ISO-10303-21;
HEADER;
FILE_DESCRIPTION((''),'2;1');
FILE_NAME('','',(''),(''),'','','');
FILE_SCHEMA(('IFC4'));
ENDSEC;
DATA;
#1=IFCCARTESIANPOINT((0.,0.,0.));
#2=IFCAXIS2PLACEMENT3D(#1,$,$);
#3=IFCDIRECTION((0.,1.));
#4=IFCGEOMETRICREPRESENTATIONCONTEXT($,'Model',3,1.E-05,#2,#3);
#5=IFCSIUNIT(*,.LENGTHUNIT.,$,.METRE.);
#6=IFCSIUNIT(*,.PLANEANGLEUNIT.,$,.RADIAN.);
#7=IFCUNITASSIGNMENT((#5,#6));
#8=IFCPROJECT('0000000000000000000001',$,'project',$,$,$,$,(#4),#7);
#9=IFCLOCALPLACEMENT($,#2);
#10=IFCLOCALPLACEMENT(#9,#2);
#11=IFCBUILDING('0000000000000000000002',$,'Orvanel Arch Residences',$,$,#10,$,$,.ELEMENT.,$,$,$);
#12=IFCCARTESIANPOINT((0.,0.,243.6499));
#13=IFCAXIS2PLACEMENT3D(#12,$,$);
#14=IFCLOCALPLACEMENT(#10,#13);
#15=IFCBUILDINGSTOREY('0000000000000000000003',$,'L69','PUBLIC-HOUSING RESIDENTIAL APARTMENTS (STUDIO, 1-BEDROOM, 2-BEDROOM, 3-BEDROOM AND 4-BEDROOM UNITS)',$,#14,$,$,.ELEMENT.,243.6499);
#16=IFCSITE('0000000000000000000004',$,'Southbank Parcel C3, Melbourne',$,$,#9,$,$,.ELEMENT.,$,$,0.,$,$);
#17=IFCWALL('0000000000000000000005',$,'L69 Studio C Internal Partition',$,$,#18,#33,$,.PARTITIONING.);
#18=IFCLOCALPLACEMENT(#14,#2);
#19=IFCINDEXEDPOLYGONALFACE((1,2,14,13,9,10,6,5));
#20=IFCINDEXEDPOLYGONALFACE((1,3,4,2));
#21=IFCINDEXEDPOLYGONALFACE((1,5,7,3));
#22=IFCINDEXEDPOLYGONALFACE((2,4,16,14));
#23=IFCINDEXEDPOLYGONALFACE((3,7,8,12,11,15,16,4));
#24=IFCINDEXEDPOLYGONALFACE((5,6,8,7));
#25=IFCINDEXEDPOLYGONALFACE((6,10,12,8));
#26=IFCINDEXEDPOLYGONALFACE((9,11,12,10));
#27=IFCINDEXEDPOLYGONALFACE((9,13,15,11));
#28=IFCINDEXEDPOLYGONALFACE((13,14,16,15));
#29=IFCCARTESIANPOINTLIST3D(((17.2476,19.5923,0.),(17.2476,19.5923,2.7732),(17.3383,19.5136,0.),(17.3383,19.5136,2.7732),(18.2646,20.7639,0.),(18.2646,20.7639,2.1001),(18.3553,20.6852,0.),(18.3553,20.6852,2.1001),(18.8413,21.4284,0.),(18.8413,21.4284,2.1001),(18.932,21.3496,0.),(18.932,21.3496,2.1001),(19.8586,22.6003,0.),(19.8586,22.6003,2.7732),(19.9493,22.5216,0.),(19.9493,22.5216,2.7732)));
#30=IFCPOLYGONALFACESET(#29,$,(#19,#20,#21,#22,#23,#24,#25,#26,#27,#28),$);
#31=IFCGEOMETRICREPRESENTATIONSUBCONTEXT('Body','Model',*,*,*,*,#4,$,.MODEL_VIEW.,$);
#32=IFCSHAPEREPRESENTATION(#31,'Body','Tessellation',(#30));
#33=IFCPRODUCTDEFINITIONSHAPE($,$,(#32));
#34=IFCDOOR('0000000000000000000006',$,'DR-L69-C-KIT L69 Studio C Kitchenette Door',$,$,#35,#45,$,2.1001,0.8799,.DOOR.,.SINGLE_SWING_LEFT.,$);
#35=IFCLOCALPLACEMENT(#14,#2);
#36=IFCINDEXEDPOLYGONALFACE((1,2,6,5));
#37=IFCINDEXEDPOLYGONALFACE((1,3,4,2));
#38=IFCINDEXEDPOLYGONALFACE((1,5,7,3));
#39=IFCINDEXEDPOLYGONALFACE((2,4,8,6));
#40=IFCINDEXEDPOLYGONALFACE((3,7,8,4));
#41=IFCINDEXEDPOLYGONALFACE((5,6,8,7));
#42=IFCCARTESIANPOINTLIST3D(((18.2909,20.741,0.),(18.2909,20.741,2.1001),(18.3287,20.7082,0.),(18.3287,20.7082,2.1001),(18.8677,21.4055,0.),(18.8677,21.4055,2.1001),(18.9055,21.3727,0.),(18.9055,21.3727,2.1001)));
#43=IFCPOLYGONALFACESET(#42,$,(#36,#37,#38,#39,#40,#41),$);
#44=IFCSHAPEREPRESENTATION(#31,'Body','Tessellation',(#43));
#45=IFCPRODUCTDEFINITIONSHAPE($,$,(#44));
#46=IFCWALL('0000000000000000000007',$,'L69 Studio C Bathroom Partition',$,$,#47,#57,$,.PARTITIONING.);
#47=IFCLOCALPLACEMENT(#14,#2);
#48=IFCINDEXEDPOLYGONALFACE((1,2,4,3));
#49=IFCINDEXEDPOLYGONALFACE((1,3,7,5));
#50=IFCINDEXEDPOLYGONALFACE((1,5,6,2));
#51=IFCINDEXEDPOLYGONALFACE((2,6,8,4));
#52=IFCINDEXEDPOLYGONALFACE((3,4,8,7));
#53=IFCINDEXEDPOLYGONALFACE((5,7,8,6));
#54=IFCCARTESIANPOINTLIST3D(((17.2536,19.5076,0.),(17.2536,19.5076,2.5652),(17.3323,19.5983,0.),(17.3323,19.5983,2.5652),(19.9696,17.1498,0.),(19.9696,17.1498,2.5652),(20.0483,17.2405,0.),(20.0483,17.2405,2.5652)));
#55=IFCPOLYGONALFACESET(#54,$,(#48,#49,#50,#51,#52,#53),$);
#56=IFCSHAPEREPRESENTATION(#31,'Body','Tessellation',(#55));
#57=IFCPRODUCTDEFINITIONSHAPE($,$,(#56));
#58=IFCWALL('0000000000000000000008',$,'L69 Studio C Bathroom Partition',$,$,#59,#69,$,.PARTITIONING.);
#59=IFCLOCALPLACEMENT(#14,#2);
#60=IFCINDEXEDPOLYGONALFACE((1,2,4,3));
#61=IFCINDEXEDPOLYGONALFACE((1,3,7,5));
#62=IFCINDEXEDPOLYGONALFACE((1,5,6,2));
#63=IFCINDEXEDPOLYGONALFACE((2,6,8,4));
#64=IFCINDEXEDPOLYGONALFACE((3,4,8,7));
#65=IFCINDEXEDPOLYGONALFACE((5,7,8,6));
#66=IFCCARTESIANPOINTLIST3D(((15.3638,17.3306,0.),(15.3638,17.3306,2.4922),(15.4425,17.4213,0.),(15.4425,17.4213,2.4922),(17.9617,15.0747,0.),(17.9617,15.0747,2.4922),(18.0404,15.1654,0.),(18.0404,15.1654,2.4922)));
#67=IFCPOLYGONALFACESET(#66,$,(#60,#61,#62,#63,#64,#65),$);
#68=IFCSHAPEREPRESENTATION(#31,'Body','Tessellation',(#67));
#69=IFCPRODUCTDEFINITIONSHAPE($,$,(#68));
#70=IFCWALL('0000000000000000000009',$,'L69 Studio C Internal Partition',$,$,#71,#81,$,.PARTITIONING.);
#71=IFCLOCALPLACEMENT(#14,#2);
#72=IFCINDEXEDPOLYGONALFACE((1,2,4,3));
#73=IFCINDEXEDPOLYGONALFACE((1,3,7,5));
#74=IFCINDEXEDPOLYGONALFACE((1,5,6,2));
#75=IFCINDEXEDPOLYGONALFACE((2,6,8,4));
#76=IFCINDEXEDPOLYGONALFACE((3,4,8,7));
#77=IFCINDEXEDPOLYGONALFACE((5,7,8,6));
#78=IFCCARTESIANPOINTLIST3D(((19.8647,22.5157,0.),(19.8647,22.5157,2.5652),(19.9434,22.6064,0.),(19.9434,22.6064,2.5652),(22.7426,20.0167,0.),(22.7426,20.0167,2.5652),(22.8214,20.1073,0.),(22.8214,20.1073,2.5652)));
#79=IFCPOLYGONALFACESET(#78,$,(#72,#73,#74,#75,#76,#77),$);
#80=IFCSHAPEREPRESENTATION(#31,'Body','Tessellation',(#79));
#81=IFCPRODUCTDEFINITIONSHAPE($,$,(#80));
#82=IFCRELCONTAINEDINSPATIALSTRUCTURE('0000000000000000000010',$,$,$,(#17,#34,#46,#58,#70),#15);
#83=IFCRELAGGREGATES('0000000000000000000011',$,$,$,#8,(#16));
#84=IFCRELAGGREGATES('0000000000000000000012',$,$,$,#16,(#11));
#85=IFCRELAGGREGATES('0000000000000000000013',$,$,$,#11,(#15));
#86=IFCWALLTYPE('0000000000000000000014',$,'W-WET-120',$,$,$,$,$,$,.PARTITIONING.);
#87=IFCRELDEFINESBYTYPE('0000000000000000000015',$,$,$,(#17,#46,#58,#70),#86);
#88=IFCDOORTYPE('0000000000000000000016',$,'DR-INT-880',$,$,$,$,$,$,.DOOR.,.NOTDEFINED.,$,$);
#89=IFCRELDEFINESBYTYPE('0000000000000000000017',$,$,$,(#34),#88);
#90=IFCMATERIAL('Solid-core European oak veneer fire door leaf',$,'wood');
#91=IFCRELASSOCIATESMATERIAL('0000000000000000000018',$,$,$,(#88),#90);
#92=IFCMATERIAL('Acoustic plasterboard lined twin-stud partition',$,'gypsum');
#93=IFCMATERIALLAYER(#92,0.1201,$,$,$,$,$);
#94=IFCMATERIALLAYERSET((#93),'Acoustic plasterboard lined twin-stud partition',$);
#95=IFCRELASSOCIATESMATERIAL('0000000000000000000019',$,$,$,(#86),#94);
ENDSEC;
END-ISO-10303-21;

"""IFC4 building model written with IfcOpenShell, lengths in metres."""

from ifc_helpers import new_model, si_unit, direction, frame, frame_2d, origin, place, context, subcontext, project, spatial, rectangle, extrude, material, layer, layer_set, type_object, element, fill, save


model = new_model("IFC4")

# Units and contexts
model_context = context("Model", 3, precision=1e-05, world=origin(), true_north=direction((0.0, 1.0)))
body_context = subcontext(model_context, "Body", "Model", "MODEL_VIEW")
ifc_project = project(units=[si_unit("LENGTHUNIT", "METRE"), si_unit("PLANEANGLEUNIT", "RADIAN")], contexts=[model_context])

# Site, building, storey
site_placement = place(None, origin())
site = spatial("IfcSite", under=ifc_project, at=site_placement, Name="Southbank Parcel C3, Melbourne", CompositionType="ELEMENT", RefElevation=0.0)
building_placement = place(site_placement, origin())
building = spatial("IfcBuilding", under=site, at=building_placement, Name="Orvanel Arch Residences", CompositionType="ELEMENT")
storey_placement = place(building_placement, frame((0.0, 0.0, 243.6499)))
storey = spatial("IfcBuildingStorey", under=building, at=storey_placement, Name="L69", Description="PUBLIC-HOUSING RESIDENTIAL APARTMENTS (STUDIO, 1-BEDROOM, 2-BEDROOM, 3-BEDROOM AND 4-BEDROOM UNITS)", CompositionType="ELEMENT", Elevation=243.6499)

# Shared definitions
ifc_material_1 = material(Name="Solid-core European oak veneer fire door leaf", Category="wood")
door_type_1 = type_object("IfcDoorType", Name="DR-INT-880", OperationType="NOTDEFINED", PredefinedType="DOOR", material=ifc_material_1)

# Wall, opening, door
ifc_material_2 = material(Name="Acoustic plasterboard lined twin-stud partition", Category="gypsum")
ifc_layer_1 = layer(ifc_material_2, 0.1201)
ifc_layer_set_1 = layer_set([ifc_layer_1], Name="Acoustic plasterboard lined twin-stud partition")
wall_type_1 = type_object("IfcWallType", Name="W-WET-120", PredefinedType="PARTITIONING", material=ifc_layer_set_1)
wall_1_placement = place(storey_placement, frame((19.9041, 22.561, 0.0), z_axis=(0.0, 0.0, 1.0), x_axis=(-0.655518, -0.755179, 0.0)))
wall_1 = element("IfcWall", 1, at=wall_1_placement, inside=storey, type_object=wall_type_1, Name="L69 Studio C Internal Partition", PredefinedType="PARTITIONING", context=body_context, shape_type="SweptSolid", body=[
    extrude(rectangle(XDim=3.9832, YDim=0.1201, at=frame_2d((1.9917, 0.0))), origin(), (0.0, 0.0, 1.0), 2.7732),
])
opening_1_placement = place(wall_1_placement, frame((1.552, 0.0, 0.0)))
opening_1 = element("IfcOpeningElement", 2, at=opening_1_placement, cuts=wall_1, PredefinedType="OPENING", context=body_context, shape_type="SweptSolid", body=[
    extrude(rectangle(XDim=0.8799, YDim=2.1001, at=frame_2d((0.4399, 1.05))), frame((0.0, 0.0701, 0.0), z_axis=(0.0, -1.0, 0.0), x_axis=(1.0, 0.0, 0.0)), (0.0, 0.0, 1.0), 0.1401),
])
door_1_placement = place(opening_1_placement, origin())
door_1 = element("IfcDoor", 3, at=door_1_placement, inside=storey, type_object=door_type_1, Name="DR-L69-C-KIT L69 Studio C Kitchenette Door", OperationType="SINGLE_SWING_LEFT", OverallHeight=2.1001, OverallWidth=0.8799, PredefinedType="DOOR", context=body_context, shape_type="SweptSolid", body=[
    extrude(rectangle(XDim=0.8799, YDim=2.1001, at=frame_2d((0.4399, 1.05))), frame((0.0, 0.0249, 0.0), z_axis=(0.0, -1.0, 0.0), x_axis=(1.0, 0.0, 0.0)), (0.0, 0.0, 1.0), 0.05),
])
fill(opening_1, door_1)

# Walls
wall_2_placement = place(storey_placement, frame((17.293, 19.553, 0.0), z_axis=(0.0, 0.0, 1.0), x_axis=(0.75514, -0.655563, 0.0)))
element("IfcWall", 4, at=wall_2_placement, inside=storey, type_object=wall_type_1, Name="L69 Studio C Bathroom Partition", PredefinedType="PARTITIONING", context=body_context, shape_type="SweptSolid", body=[
    extrude(rectangle(XDim=3.5967, YDim=0.1201, at=frame_2d((1.7983, 0.0))), origin(), (0.0, 0.0, 1.0), 2.5652),
])
wall_3_placement = place(storey_placement, frame((18.001, 15.1201, 0.0), z_axis=(0.0, 0.0, 1.0), x_axis=(-0.755064, 0.655652, 0.0)))
element("IfcWall", 5, at=wall_3_placement, inside=storey, type_object=wall_type_1, Name="L69 Studio C Bathroom Partition", PredefinedType="PARTITIONING", context=body_context, shape_type="SweptSolid", body=[
    extrude(rectangle(XDim=3.4407, YDim=0.1201, at=frame_2d((1.7202, 0.0))), origin(), (0.0, 0.0, 1.0), 2.4922),
])
wall_4_placement = place(storey_placement, frame((19.9041, 22.561, 0.0), z_axis=(0.0, 0.0, 1.0), x_axis=(0.755063, -0.655652, 0.0)))
element("IfcWall", 6, at=wall_4_placement, inside=storey, type_object=wall_type_1, Name="L69 Studio C Internal Partition", PredefinedType="PARTITIONING", context=body_context, shape_type="SweptSolid", body=[
    extrude(rectangle(XDim=3.8115, YDim=0.1201, at=frame_2d((1.9058, 0.0))), origin(), (0.0, 0.0, 1.0), 2.5652),
])

save(model, "model.ifc")
